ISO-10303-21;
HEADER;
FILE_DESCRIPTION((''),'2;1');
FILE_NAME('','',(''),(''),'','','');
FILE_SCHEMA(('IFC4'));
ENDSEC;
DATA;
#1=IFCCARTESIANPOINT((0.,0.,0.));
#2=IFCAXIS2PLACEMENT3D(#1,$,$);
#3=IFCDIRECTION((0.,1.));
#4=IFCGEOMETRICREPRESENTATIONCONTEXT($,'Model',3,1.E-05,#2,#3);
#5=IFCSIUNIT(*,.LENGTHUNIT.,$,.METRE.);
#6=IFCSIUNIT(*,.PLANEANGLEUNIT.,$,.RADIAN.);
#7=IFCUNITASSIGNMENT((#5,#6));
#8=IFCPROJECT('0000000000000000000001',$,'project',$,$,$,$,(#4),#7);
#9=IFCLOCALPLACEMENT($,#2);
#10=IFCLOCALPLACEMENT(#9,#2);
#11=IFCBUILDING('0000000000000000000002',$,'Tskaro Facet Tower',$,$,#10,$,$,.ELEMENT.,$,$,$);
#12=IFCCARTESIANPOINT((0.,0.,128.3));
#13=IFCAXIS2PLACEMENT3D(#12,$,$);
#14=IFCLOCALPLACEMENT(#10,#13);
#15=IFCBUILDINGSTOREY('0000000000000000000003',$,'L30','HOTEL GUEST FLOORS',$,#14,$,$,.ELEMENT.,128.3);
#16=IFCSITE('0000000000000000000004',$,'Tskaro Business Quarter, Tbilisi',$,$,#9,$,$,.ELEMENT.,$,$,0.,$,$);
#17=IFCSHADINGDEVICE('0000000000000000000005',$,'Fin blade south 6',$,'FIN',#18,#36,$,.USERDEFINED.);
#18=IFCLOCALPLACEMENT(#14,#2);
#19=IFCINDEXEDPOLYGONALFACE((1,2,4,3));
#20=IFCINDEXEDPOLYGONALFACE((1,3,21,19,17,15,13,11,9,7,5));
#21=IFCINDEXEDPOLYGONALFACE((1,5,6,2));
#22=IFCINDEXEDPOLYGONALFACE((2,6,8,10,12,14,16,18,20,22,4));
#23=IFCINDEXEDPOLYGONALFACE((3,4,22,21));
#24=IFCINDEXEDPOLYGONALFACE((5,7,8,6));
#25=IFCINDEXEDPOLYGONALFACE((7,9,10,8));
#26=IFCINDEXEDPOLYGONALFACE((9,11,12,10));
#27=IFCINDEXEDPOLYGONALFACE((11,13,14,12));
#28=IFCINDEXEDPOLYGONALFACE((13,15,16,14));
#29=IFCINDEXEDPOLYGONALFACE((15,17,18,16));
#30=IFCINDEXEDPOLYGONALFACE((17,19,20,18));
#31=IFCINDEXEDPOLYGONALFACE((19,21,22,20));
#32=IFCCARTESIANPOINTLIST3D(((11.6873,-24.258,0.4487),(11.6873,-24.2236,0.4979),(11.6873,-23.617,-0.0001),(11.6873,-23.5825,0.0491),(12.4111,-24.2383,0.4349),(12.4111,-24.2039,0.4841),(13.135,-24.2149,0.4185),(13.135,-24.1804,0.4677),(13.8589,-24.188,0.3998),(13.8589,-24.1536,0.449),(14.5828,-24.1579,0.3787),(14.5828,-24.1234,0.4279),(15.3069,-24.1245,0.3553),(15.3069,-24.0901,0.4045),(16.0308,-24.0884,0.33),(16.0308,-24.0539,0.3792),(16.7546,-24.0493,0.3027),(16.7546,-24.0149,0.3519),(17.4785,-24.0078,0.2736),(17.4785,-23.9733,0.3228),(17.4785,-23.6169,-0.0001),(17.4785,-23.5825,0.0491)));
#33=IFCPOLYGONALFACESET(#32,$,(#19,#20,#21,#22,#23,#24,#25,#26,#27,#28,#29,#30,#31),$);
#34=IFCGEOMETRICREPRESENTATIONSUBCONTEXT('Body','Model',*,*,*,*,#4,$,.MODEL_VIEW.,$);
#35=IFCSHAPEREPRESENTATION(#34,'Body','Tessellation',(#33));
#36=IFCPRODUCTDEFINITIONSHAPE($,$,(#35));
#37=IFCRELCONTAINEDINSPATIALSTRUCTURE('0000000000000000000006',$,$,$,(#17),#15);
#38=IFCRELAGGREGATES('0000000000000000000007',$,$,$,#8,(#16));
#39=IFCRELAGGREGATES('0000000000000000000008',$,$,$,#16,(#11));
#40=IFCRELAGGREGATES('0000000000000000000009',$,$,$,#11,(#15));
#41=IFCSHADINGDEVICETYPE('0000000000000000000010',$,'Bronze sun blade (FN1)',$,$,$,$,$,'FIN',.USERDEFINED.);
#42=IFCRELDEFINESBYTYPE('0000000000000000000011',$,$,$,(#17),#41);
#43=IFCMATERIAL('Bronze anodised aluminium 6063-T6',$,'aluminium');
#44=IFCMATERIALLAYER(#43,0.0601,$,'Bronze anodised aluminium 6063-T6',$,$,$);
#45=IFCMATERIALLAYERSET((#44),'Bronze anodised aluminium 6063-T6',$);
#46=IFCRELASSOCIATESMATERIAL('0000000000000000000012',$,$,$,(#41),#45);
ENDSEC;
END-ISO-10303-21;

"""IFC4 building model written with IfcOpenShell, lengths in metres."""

from ifc_helpers import new_model, si_unit, direction, frame, origin, place, context, subcontext, project, spatial, polyline, outline, extrude, material, layer, layer_set, type_object, element, save


model = new_model("IFC4")

# Units and contexts
model_context = context("Model", 3, precision=1e-05, world=origin(), true_north=direction((0.0, 1.0)))
body_context = subcontext(model_context, "Body", "Model", "MODEL_VIEW")
ifc_project = project(units=[si_unit("LENGTHUNIT", "METRE"), si_unit("PLANEANGLEUNIT", "RADIAN")], contexts=[model_context])

# Site, building, storey
site_placement = place(None, origin())
site = spatial("IfcSite", under=ifc_project, at=site_placement, Name="Tskaro Business Quarter, Tbilisi", CompositionType="ELEMENT", RefElevation=0.0)
building_placement = place(site_placement, origin())
building = spatial("IfcBuilding", under=site, at=building_placement, Name="Tskaro Facet Tower", CompositionType="ELEMENT")
storey_placement = place(building_placement, frame((0.0, 0.0, 128.3)))
storey = spatial("IfcBuildingStorey", under=building, at=storey_placement, Name="L30", Description="HOTEL GUEST FLOORS", CompositionType="ELEMENT", Elevation=128.3)

# Shared definitions
ifc_material_1 = material(Name="Bronze anodised aluminium 6063-T6", Category="aluminium")

# Shading device
ifc_layer_1 = layer(ifc_material_1, 0.0601, Name="Bronze anodised aluminium 6063-T6")
ifc_layer_set_1 = layer_set([ifc_layer_1], Name="Bronze anodised aluminium 6063-T6")
shading_device_type = type_object("IfcShadingDeviceType", Name="Bronze sun blade (FN1)", ElementType="FIN", PredefinedType="USERDEFINED", material=ifc_layer_set_1)
shading_device_1_placement = place(storey_placement, frame((11.6873, -23.5825, 0.0491), z_axis=(-0.000014, 0.573558, 0.819165), x_axis=(1.0, 0.000008, 0.000012)))
element("IfcShadingDevice", 1, at=shading_device_1_placement, inside=storey, type_object=shading_device_type, Name="Fin blade south 6", ObjectType="FIN", PredefinedType="USERDEFINED", context=body_context, shape_type="SweptSolid", body=[
    extrude(outline(polyline([(0.0, 0.0), (5.7913, 0.0), (5.7913, -0.4772), (5.0674, -0.5278), (4.3435, -0.5755), (3.6196, -0.6197), (2.8955, -0.6604), (2.1716, -0.6971), (1.4478, -0.7299), (0.7239, -0.7585), (0.0, -0.7826), (0.0, 0.0)])), origin(), (0.0, 0.0, -1.0), 0.0601),
])

save(model, "model.ifc")
